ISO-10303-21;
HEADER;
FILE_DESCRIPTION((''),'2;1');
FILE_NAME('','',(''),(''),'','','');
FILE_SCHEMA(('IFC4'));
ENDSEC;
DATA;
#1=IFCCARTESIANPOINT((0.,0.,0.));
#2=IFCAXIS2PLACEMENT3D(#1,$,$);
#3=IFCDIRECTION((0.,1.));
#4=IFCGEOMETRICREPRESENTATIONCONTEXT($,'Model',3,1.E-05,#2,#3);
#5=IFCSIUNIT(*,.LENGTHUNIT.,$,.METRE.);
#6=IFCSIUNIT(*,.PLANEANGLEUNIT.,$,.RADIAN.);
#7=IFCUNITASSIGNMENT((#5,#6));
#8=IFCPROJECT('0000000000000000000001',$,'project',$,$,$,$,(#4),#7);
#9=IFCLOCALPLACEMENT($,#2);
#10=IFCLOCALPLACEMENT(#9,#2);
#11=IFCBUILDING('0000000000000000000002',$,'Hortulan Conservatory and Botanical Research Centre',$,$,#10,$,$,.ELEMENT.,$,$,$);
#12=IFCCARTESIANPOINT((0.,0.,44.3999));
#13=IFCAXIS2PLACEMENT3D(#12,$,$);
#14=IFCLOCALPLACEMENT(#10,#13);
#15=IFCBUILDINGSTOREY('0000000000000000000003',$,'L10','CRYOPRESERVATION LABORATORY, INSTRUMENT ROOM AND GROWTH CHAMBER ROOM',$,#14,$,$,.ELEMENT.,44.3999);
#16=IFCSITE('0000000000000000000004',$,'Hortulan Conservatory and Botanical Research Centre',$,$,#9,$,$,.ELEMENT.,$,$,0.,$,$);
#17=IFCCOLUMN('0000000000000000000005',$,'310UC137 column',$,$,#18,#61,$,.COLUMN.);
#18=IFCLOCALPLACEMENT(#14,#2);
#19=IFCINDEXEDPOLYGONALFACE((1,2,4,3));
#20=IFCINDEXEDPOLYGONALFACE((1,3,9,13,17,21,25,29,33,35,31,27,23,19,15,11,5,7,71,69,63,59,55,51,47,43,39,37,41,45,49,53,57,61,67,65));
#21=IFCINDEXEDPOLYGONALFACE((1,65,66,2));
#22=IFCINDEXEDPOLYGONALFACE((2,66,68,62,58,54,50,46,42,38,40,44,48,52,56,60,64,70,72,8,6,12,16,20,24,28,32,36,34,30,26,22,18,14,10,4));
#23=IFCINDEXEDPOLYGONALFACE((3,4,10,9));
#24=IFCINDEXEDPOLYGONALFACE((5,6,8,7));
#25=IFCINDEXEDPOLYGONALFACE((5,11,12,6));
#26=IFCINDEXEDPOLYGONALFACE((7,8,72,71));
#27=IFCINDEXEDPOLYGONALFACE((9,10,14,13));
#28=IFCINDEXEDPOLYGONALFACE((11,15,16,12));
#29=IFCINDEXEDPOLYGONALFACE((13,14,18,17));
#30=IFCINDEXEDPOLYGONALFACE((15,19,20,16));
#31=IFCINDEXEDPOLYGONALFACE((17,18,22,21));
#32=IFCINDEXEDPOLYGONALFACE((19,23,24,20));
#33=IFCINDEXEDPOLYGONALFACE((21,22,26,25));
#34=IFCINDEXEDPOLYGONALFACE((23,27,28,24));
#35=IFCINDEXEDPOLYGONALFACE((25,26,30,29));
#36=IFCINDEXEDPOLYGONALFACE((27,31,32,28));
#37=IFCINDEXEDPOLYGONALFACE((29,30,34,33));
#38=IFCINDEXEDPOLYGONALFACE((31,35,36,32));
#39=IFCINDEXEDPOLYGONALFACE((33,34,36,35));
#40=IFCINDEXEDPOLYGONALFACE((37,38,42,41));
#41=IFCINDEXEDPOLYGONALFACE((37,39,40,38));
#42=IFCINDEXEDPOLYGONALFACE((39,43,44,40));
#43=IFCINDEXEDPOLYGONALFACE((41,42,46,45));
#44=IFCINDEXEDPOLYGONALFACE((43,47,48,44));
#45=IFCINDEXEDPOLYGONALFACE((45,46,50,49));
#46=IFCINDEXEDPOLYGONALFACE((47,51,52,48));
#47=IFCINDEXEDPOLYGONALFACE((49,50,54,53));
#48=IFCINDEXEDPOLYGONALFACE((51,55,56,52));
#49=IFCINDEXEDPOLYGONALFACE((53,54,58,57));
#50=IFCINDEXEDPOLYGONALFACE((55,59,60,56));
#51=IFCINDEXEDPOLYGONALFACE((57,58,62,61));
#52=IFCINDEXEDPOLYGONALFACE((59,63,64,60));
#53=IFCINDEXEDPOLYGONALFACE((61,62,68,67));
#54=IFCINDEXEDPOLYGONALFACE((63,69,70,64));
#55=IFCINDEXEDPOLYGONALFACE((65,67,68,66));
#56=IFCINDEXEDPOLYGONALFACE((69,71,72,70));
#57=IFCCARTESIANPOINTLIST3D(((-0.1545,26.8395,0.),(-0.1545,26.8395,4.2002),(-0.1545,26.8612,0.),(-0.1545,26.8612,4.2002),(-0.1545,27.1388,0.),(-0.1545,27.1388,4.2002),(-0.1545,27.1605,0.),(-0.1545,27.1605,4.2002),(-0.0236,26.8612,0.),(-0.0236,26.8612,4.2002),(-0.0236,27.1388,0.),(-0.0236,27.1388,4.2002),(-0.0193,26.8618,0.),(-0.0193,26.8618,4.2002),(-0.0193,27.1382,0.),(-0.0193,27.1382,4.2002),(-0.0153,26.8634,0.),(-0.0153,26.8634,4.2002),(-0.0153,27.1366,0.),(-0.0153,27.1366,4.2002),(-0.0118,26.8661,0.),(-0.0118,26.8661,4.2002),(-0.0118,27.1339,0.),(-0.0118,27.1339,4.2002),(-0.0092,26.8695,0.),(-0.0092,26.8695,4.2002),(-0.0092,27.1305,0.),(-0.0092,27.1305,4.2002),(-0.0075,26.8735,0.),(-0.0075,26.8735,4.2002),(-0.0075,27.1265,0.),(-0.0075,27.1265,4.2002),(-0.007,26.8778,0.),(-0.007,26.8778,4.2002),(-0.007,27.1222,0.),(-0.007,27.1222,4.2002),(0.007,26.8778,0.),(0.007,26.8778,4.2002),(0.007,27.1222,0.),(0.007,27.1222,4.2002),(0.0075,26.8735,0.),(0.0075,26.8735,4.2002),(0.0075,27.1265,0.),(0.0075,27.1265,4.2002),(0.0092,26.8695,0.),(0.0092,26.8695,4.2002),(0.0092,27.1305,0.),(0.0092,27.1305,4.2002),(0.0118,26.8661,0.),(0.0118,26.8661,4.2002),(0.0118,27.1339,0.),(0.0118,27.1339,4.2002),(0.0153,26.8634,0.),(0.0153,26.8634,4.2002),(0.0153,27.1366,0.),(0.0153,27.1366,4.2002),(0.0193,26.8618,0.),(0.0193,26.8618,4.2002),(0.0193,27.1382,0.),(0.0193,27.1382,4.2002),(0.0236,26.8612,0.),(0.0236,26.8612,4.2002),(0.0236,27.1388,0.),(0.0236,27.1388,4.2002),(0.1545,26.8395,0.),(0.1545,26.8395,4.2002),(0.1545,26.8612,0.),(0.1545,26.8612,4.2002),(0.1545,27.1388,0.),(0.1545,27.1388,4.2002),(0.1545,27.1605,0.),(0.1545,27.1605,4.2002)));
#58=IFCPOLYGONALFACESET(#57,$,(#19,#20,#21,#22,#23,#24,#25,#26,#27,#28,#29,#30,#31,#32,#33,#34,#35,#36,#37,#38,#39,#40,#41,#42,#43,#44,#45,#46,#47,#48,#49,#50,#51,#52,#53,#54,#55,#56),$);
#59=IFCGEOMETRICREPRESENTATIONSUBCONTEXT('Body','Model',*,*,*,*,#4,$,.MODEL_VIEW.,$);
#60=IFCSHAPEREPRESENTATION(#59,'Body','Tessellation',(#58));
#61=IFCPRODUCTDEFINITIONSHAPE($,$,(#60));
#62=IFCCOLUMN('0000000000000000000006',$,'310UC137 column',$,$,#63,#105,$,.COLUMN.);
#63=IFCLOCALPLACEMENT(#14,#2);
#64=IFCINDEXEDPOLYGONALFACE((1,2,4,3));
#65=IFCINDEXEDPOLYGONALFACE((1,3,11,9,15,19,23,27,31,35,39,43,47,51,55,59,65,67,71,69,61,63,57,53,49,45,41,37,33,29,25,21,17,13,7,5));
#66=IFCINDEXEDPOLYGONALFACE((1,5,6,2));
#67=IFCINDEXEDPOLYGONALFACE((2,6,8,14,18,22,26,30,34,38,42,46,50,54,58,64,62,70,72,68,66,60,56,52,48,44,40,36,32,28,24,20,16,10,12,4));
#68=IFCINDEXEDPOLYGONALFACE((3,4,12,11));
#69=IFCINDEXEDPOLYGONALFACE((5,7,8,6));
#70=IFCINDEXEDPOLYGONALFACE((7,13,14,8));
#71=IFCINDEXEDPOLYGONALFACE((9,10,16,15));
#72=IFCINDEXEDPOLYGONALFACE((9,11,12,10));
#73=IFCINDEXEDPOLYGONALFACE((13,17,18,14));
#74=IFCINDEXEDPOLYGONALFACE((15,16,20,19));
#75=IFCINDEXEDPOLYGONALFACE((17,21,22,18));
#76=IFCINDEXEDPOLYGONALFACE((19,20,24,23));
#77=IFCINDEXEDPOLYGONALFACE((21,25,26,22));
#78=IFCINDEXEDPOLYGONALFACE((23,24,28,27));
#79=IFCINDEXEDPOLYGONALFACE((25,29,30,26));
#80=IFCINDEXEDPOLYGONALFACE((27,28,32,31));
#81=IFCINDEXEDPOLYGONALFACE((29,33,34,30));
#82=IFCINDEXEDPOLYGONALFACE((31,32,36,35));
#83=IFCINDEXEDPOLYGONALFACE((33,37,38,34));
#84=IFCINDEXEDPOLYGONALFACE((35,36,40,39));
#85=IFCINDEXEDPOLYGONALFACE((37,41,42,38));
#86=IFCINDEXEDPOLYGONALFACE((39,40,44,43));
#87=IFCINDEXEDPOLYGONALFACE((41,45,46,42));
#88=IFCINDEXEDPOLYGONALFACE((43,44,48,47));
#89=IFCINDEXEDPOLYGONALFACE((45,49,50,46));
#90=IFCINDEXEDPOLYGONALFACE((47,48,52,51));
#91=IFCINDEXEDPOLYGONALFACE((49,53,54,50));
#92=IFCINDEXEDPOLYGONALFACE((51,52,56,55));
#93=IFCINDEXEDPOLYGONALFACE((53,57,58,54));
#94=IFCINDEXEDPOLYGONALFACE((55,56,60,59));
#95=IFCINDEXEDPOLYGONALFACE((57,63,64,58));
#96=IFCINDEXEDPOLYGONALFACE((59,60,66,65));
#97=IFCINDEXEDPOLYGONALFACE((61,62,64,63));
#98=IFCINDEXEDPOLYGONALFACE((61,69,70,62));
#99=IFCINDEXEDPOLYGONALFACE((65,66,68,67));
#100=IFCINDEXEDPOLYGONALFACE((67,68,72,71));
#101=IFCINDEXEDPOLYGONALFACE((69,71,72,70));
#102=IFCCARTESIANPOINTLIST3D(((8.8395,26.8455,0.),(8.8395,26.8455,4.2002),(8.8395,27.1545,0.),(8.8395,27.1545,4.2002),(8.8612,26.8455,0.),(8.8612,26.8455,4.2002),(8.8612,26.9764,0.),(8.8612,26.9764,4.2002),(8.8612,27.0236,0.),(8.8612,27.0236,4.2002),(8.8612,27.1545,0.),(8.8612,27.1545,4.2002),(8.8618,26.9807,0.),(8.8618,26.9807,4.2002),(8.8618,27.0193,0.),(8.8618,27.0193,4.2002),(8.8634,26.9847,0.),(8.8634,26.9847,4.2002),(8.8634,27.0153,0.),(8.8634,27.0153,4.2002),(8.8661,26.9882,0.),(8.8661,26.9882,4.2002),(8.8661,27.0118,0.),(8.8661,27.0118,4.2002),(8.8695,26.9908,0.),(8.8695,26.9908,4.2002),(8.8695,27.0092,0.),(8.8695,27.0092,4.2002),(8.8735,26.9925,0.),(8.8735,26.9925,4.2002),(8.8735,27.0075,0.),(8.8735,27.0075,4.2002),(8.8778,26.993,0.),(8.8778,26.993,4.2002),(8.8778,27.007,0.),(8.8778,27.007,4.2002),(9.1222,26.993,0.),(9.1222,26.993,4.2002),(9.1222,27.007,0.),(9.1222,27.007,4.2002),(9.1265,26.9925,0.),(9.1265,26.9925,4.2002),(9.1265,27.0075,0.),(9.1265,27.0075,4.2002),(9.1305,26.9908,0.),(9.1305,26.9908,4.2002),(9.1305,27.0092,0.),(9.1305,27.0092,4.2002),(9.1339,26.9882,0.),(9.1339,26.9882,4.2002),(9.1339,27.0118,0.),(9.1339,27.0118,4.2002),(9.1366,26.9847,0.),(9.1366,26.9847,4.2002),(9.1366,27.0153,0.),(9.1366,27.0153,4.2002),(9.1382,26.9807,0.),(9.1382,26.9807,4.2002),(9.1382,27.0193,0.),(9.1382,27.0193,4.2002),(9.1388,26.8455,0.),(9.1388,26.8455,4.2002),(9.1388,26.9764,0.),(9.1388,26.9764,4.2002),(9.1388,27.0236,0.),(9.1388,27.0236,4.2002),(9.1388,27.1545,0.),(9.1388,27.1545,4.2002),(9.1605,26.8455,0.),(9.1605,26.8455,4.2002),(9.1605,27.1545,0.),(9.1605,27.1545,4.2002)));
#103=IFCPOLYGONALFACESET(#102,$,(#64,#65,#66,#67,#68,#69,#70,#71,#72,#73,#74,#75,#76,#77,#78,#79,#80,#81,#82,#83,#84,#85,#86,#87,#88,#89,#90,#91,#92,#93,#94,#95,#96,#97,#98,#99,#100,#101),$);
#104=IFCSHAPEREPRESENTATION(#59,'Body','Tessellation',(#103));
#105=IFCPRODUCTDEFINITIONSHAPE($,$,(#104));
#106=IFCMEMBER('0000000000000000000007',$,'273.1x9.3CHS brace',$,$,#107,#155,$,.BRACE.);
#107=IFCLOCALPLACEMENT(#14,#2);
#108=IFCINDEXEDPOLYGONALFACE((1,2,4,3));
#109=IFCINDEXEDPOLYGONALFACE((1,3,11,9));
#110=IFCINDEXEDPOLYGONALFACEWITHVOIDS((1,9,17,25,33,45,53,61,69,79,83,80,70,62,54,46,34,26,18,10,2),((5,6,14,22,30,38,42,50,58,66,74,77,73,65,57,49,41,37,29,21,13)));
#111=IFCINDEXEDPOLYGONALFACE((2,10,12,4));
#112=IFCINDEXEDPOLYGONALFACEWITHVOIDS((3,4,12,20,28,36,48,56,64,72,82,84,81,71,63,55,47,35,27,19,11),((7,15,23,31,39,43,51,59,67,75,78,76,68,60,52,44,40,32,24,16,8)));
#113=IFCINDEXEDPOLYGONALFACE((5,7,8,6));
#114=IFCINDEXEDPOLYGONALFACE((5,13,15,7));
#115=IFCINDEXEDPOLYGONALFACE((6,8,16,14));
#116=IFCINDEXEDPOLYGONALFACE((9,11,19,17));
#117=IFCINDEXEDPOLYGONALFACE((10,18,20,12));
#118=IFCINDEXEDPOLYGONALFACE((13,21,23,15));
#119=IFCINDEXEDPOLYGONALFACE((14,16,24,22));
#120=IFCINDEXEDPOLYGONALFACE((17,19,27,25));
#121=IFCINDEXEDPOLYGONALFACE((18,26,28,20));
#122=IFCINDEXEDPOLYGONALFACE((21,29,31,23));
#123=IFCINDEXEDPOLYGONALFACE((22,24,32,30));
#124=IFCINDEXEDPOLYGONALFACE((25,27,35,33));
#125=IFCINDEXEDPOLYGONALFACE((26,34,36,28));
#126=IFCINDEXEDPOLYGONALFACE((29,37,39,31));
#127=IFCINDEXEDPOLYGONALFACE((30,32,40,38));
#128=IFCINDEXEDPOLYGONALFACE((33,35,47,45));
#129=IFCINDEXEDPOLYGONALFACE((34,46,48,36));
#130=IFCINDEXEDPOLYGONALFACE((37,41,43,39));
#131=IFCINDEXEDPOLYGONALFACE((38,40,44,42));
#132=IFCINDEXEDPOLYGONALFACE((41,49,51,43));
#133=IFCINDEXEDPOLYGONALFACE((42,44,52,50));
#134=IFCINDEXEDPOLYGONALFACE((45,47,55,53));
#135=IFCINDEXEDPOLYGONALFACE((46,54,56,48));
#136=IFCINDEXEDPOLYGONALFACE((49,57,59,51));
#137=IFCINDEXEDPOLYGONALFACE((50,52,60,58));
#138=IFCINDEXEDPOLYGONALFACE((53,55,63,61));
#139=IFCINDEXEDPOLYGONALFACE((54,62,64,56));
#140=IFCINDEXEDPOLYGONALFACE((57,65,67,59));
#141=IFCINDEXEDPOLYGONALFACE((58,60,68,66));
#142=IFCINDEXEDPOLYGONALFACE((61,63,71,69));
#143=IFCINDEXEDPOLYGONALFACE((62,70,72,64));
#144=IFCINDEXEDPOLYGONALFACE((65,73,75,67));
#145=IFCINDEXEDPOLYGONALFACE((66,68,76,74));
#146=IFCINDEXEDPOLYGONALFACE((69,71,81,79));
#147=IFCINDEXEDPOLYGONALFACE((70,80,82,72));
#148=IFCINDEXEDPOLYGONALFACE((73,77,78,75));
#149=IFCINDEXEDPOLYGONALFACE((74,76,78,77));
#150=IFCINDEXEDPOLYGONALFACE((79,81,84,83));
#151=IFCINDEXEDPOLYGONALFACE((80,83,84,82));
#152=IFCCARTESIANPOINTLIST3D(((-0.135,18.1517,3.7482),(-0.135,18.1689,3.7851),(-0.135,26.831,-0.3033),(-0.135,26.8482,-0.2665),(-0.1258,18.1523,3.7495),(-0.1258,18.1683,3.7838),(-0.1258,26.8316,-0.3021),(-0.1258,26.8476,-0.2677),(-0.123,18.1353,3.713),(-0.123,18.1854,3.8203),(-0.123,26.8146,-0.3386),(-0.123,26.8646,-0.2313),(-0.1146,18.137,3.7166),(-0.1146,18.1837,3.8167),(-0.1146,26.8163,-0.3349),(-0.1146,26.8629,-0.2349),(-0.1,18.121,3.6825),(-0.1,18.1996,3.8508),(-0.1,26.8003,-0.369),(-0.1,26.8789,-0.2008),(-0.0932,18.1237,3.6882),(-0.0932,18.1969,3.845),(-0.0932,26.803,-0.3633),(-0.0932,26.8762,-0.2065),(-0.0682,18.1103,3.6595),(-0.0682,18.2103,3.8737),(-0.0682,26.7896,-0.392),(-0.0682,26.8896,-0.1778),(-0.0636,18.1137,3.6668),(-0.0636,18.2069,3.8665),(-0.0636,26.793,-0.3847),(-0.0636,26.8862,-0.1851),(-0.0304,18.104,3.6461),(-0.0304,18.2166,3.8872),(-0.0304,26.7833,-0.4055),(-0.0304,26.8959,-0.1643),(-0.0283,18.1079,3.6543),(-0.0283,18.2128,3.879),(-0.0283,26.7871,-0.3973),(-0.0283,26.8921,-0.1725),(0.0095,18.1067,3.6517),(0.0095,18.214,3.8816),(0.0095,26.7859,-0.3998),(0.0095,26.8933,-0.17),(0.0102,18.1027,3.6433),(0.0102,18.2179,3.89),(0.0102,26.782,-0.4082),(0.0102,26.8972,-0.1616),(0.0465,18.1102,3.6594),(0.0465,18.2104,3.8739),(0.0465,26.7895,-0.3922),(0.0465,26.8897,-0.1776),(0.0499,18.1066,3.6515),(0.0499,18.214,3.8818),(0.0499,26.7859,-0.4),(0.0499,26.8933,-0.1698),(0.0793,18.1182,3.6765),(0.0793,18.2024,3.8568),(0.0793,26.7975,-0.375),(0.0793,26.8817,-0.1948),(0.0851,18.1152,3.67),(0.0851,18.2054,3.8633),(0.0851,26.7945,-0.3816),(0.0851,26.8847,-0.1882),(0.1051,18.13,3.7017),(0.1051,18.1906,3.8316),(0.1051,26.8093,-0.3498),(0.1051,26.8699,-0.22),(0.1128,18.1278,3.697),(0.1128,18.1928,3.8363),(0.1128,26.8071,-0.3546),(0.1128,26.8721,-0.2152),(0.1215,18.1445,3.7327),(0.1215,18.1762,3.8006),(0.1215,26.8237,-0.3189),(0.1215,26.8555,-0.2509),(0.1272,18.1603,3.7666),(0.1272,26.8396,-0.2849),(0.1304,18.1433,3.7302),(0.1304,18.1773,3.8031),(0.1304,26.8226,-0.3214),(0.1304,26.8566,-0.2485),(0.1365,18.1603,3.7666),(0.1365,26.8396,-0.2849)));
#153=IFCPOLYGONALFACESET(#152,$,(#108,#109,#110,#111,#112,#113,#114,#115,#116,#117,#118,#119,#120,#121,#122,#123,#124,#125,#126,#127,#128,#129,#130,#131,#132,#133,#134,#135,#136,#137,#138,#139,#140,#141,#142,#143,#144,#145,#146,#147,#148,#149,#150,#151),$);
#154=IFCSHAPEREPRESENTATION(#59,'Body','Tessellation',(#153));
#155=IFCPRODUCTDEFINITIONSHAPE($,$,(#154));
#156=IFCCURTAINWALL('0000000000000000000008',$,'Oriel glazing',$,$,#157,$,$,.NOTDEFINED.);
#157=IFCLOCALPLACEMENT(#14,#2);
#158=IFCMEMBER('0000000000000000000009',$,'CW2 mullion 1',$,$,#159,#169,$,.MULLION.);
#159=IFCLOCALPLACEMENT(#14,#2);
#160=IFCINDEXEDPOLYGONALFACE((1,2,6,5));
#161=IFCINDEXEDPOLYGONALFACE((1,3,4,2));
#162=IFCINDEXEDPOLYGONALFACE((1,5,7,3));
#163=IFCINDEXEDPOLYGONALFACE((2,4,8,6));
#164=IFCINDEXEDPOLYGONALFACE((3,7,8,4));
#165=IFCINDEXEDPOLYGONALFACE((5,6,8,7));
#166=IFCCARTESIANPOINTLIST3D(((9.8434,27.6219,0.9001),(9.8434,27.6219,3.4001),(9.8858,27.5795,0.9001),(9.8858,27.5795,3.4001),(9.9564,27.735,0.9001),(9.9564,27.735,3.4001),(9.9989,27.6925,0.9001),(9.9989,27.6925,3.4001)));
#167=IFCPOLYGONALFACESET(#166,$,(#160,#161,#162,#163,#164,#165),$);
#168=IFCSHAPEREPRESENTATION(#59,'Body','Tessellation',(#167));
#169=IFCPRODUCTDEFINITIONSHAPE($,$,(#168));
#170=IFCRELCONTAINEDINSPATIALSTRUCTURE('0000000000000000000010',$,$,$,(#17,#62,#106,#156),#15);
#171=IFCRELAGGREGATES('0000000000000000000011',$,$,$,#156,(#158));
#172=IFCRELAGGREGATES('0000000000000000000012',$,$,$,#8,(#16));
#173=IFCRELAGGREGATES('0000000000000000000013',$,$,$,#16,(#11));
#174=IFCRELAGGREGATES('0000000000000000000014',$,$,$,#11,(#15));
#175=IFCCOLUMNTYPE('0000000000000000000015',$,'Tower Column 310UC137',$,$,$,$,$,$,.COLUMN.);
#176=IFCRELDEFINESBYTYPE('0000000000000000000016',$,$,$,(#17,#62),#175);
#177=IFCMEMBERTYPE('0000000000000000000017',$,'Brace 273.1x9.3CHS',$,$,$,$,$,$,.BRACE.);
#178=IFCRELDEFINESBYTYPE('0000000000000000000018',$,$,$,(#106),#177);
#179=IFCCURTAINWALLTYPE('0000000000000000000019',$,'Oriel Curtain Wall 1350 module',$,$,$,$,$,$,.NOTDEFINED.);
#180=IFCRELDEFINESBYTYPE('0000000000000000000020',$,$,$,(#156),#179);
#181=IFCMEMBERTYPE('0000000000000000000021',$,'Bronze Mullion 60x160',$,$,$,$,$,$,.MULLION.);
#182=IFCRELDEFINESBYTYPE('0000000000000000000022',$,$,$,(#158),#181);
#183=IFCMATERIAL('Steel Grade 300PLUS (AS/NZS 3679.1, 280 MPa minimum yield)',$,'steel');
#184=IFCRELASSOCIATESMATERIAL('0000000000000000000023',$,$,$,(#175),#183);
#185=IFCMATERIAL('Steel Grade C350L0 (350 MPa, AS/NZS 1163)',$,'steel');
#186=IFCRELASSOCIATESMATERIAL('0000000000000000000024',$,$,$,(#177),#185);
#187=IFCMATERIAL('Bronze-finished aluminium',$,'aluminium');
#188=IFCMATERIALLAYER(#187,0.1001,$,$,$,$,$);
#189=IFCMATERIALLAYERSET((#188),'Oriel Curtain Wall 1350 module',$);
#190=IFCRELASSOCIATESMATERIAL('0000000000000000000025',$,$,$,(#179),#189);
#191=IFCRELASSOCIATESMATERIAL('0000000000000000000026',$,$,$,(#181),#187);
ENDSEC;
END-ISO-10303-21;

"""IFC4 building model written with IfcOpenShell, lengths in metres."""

from ifc_helpers import new_model, si_unit, direction, frame, origin, origin_2d, place, context, subcontext, project, spatial, rectangle, hollow_circle, i_section, extrude, material, layer, layer_set, material_profile, profile_set, type_object, element, aggregate, save


model = new_model("IFC4")

# Units and contexts
model_context = context("Model", 3, precision=1e-05, world=origin(), true_north=direction((0.0, 1.0)))
body_context = subcontext(model_context, "Body", "Model", "MODEL_VIEW")
ifc_project = project(units=[si_unit("LENGTHUNIT", "METRE"), si_unit("PLANEANGLEUNIT", "RADIAN")], contexts=[model_context])

# Site, building, storey
site_placement = place(None, origin())
site = spatial("IfcSite", under=ifc_project, at=site_placement, Name="Hortulan Conservatory and Botanical Research Centre", CompositionType="ELEMENT", RefElevation=0.0)
building_placement = place(site_placement, origin())
building = spatial("IfcBuilding", under=site, at=building_placement, Name="Hortulan Conservatory and Botanical Research Centre", CompositionType="ELEMENT")
storey_placement = place(building_placement, frame((0.0, 0.0, 44.3999)))
storey = spatial("IfcBuildingStorey", under=building, at=storey_placement, Name="L10", Description="CRYOPRESERVATION LABORATORY, INSTRUMENT ROOM AND GROWTH CHAMBER ROOM", CompositionType="ELEMENT", Elevation=44.3999)

# Columns
ifc_material_1 = material(Name="Steel Grade 300PLUS (AS/NZS 3679.1, 280 MPa minimum yield)", Category="steel")
ifc_material_profile_1 = material_profile(ifc_material_1, i_section(OverallWidth=0.3091, OverallDepth=0.321, WebThickness=0.0139, FlangeThickness=0.0217, FilletRadius=0.0166, at=origin_2d()), Name="310UC137")
ifc_profile_set_1 = profile_set([ifc_material_profile_1], Name="Steel Grade 300PLUS (AS/NZS 3679.1, 280 MPa minimum yield)")
column_type = type_object("IfcColumnType", Name="Tower Column 310UC137", PredefinedType="COLUMN", material=ifc_profile_set_1)
for number, where, z_axis, x_axis, name in (
    (1, (0.0, 27.0, 0.0), (0.0, 0.0, 1.0), (1.0, 0.0, 0.0), "310UC137 column"),
    (2, (9.0, 27.0, 0.0), (0.0, 0.0, 1.0), (0.0, 1.0, 0.0), "310UC137 column"),
):
    element("IfcColumn", number, at=place(storey_placement, frame(where, z_axis=z_axis, x_axis=x_axis)), inside=storey, type_object=column_type, Name=name, PredefinedType="COLUMN", context=body_context, shape_type="SweptSolid", body=[
        extrude(i_section(OverallWidth=0.3091, OverallDepth=0.321, WebThickness=0.0139, FlangeThickness=0.0217, FilletRadius=0.0166, at=origin_2d()), origin(), (0.0, 0.0, 1.0), 4.2002),
    ])

# Member
ifc_material_2 = material(Name="Steel Grade C350L0 (350 MPa, AS/NZS 1163)", Category="steel")
ifc_material_profile_2 = material_profile(ifc_material_2, hollow_circle(Radius=0.1365, WallThickness=0.0093, at=origin_2d()), Name="273.1x9.3CHS")
ifc_profile_set_2 = profile_set([ifc_material_profile_2], Name="Steel Grade C350L0 (350 MPa, AS/NZS 1163)")
member_type_1 = type_object("IfcMemberType", Name="Brace 273.1x9.3CHS", PredefinedType="BRACE", material=ifc_profile_set_2)
member_1_placement = place(storey_placement, frame((0.0, 26.8396, -0.2849), z_axis=(0.0, -0.906134, 0.42299), x_axis=(1.0, 0.0, 0.0)))
element("IfcMember", 3, at=member_1_placement, inside=storey, type_object=member_type_1, Name="273.1x9.3CHS brace", PredefinedType="BRACE", context=body_context, shape_type="SweptSolid", body=[
    extrude(hollow_circle(Radius=0.1365, WallThickness=0.0093, at=origin_2d()), origin(), (0.0, 0.0, 1.0), 9.5784),
])

# Curtain wall, member
ifc_material_3 = material(Name="Bronze-finished aluminium", Category="aluminium")
ifc_layer_1 = layer(ifc_material_3, 0.1001)
ifc_layer_set_1 = layer_set([ifc_layer_1], Name="Oriel Curtain Wall 1350 module")
curtain_wall_type = type_object("IfcCurtainWallType", Name="Oriel Curtain Wall 1350 module", PredefinedType="NOTDEFINED", material=ifc_layer_set_1)
curtain_wall_placement = place(storey_placement, origin())
curtain_wall = element("IfcCurtainWall", 4, at=curtain_wall_placement, inside=storey, type_object=curtain_wall_type, Name="Oriel glazing", PredefinedType="NOTDEFINED")
ifc_material_profile_3 = material_profile(ifc_material_3, rectangle(XDim=0.0601, YDim=0.1599, at=origin_2d()), Name="Bronze Mullion 60x160")
ifc_profile_set_3 = profile_set([ifc_material_profile_3], Name="Bronze-finished aluminium")
member_type_2 = type_object("IfcMemberType", Name="Bronze Mullion 60x160", PredefinedType="MULLION", material=ifc_profile_set_3)
member_2_placement = place(storey_placement, frame((9.9211, 27.6572, 0.9001), z_axis=(0.0, 0.0, 1.0), x_axis=(-0.707107, 0.707107, 0.0)))
member_2 = element("IfcMember", 5, at=member_2_placement, type_object=member_type_2, Name="CW2 mullion 1", PredefinedType="MULLION", context=body_context, shape_type="SweptSolid", body=[
    extrude(rectangle(XDim=0.0601, YDim=0.1599, at=origin_2d()), origin(), (0.0, 0.0, 1.0), 2.5),
])
aggregate(curtain_wall, [member_2])

save(model, "model.ifc")
